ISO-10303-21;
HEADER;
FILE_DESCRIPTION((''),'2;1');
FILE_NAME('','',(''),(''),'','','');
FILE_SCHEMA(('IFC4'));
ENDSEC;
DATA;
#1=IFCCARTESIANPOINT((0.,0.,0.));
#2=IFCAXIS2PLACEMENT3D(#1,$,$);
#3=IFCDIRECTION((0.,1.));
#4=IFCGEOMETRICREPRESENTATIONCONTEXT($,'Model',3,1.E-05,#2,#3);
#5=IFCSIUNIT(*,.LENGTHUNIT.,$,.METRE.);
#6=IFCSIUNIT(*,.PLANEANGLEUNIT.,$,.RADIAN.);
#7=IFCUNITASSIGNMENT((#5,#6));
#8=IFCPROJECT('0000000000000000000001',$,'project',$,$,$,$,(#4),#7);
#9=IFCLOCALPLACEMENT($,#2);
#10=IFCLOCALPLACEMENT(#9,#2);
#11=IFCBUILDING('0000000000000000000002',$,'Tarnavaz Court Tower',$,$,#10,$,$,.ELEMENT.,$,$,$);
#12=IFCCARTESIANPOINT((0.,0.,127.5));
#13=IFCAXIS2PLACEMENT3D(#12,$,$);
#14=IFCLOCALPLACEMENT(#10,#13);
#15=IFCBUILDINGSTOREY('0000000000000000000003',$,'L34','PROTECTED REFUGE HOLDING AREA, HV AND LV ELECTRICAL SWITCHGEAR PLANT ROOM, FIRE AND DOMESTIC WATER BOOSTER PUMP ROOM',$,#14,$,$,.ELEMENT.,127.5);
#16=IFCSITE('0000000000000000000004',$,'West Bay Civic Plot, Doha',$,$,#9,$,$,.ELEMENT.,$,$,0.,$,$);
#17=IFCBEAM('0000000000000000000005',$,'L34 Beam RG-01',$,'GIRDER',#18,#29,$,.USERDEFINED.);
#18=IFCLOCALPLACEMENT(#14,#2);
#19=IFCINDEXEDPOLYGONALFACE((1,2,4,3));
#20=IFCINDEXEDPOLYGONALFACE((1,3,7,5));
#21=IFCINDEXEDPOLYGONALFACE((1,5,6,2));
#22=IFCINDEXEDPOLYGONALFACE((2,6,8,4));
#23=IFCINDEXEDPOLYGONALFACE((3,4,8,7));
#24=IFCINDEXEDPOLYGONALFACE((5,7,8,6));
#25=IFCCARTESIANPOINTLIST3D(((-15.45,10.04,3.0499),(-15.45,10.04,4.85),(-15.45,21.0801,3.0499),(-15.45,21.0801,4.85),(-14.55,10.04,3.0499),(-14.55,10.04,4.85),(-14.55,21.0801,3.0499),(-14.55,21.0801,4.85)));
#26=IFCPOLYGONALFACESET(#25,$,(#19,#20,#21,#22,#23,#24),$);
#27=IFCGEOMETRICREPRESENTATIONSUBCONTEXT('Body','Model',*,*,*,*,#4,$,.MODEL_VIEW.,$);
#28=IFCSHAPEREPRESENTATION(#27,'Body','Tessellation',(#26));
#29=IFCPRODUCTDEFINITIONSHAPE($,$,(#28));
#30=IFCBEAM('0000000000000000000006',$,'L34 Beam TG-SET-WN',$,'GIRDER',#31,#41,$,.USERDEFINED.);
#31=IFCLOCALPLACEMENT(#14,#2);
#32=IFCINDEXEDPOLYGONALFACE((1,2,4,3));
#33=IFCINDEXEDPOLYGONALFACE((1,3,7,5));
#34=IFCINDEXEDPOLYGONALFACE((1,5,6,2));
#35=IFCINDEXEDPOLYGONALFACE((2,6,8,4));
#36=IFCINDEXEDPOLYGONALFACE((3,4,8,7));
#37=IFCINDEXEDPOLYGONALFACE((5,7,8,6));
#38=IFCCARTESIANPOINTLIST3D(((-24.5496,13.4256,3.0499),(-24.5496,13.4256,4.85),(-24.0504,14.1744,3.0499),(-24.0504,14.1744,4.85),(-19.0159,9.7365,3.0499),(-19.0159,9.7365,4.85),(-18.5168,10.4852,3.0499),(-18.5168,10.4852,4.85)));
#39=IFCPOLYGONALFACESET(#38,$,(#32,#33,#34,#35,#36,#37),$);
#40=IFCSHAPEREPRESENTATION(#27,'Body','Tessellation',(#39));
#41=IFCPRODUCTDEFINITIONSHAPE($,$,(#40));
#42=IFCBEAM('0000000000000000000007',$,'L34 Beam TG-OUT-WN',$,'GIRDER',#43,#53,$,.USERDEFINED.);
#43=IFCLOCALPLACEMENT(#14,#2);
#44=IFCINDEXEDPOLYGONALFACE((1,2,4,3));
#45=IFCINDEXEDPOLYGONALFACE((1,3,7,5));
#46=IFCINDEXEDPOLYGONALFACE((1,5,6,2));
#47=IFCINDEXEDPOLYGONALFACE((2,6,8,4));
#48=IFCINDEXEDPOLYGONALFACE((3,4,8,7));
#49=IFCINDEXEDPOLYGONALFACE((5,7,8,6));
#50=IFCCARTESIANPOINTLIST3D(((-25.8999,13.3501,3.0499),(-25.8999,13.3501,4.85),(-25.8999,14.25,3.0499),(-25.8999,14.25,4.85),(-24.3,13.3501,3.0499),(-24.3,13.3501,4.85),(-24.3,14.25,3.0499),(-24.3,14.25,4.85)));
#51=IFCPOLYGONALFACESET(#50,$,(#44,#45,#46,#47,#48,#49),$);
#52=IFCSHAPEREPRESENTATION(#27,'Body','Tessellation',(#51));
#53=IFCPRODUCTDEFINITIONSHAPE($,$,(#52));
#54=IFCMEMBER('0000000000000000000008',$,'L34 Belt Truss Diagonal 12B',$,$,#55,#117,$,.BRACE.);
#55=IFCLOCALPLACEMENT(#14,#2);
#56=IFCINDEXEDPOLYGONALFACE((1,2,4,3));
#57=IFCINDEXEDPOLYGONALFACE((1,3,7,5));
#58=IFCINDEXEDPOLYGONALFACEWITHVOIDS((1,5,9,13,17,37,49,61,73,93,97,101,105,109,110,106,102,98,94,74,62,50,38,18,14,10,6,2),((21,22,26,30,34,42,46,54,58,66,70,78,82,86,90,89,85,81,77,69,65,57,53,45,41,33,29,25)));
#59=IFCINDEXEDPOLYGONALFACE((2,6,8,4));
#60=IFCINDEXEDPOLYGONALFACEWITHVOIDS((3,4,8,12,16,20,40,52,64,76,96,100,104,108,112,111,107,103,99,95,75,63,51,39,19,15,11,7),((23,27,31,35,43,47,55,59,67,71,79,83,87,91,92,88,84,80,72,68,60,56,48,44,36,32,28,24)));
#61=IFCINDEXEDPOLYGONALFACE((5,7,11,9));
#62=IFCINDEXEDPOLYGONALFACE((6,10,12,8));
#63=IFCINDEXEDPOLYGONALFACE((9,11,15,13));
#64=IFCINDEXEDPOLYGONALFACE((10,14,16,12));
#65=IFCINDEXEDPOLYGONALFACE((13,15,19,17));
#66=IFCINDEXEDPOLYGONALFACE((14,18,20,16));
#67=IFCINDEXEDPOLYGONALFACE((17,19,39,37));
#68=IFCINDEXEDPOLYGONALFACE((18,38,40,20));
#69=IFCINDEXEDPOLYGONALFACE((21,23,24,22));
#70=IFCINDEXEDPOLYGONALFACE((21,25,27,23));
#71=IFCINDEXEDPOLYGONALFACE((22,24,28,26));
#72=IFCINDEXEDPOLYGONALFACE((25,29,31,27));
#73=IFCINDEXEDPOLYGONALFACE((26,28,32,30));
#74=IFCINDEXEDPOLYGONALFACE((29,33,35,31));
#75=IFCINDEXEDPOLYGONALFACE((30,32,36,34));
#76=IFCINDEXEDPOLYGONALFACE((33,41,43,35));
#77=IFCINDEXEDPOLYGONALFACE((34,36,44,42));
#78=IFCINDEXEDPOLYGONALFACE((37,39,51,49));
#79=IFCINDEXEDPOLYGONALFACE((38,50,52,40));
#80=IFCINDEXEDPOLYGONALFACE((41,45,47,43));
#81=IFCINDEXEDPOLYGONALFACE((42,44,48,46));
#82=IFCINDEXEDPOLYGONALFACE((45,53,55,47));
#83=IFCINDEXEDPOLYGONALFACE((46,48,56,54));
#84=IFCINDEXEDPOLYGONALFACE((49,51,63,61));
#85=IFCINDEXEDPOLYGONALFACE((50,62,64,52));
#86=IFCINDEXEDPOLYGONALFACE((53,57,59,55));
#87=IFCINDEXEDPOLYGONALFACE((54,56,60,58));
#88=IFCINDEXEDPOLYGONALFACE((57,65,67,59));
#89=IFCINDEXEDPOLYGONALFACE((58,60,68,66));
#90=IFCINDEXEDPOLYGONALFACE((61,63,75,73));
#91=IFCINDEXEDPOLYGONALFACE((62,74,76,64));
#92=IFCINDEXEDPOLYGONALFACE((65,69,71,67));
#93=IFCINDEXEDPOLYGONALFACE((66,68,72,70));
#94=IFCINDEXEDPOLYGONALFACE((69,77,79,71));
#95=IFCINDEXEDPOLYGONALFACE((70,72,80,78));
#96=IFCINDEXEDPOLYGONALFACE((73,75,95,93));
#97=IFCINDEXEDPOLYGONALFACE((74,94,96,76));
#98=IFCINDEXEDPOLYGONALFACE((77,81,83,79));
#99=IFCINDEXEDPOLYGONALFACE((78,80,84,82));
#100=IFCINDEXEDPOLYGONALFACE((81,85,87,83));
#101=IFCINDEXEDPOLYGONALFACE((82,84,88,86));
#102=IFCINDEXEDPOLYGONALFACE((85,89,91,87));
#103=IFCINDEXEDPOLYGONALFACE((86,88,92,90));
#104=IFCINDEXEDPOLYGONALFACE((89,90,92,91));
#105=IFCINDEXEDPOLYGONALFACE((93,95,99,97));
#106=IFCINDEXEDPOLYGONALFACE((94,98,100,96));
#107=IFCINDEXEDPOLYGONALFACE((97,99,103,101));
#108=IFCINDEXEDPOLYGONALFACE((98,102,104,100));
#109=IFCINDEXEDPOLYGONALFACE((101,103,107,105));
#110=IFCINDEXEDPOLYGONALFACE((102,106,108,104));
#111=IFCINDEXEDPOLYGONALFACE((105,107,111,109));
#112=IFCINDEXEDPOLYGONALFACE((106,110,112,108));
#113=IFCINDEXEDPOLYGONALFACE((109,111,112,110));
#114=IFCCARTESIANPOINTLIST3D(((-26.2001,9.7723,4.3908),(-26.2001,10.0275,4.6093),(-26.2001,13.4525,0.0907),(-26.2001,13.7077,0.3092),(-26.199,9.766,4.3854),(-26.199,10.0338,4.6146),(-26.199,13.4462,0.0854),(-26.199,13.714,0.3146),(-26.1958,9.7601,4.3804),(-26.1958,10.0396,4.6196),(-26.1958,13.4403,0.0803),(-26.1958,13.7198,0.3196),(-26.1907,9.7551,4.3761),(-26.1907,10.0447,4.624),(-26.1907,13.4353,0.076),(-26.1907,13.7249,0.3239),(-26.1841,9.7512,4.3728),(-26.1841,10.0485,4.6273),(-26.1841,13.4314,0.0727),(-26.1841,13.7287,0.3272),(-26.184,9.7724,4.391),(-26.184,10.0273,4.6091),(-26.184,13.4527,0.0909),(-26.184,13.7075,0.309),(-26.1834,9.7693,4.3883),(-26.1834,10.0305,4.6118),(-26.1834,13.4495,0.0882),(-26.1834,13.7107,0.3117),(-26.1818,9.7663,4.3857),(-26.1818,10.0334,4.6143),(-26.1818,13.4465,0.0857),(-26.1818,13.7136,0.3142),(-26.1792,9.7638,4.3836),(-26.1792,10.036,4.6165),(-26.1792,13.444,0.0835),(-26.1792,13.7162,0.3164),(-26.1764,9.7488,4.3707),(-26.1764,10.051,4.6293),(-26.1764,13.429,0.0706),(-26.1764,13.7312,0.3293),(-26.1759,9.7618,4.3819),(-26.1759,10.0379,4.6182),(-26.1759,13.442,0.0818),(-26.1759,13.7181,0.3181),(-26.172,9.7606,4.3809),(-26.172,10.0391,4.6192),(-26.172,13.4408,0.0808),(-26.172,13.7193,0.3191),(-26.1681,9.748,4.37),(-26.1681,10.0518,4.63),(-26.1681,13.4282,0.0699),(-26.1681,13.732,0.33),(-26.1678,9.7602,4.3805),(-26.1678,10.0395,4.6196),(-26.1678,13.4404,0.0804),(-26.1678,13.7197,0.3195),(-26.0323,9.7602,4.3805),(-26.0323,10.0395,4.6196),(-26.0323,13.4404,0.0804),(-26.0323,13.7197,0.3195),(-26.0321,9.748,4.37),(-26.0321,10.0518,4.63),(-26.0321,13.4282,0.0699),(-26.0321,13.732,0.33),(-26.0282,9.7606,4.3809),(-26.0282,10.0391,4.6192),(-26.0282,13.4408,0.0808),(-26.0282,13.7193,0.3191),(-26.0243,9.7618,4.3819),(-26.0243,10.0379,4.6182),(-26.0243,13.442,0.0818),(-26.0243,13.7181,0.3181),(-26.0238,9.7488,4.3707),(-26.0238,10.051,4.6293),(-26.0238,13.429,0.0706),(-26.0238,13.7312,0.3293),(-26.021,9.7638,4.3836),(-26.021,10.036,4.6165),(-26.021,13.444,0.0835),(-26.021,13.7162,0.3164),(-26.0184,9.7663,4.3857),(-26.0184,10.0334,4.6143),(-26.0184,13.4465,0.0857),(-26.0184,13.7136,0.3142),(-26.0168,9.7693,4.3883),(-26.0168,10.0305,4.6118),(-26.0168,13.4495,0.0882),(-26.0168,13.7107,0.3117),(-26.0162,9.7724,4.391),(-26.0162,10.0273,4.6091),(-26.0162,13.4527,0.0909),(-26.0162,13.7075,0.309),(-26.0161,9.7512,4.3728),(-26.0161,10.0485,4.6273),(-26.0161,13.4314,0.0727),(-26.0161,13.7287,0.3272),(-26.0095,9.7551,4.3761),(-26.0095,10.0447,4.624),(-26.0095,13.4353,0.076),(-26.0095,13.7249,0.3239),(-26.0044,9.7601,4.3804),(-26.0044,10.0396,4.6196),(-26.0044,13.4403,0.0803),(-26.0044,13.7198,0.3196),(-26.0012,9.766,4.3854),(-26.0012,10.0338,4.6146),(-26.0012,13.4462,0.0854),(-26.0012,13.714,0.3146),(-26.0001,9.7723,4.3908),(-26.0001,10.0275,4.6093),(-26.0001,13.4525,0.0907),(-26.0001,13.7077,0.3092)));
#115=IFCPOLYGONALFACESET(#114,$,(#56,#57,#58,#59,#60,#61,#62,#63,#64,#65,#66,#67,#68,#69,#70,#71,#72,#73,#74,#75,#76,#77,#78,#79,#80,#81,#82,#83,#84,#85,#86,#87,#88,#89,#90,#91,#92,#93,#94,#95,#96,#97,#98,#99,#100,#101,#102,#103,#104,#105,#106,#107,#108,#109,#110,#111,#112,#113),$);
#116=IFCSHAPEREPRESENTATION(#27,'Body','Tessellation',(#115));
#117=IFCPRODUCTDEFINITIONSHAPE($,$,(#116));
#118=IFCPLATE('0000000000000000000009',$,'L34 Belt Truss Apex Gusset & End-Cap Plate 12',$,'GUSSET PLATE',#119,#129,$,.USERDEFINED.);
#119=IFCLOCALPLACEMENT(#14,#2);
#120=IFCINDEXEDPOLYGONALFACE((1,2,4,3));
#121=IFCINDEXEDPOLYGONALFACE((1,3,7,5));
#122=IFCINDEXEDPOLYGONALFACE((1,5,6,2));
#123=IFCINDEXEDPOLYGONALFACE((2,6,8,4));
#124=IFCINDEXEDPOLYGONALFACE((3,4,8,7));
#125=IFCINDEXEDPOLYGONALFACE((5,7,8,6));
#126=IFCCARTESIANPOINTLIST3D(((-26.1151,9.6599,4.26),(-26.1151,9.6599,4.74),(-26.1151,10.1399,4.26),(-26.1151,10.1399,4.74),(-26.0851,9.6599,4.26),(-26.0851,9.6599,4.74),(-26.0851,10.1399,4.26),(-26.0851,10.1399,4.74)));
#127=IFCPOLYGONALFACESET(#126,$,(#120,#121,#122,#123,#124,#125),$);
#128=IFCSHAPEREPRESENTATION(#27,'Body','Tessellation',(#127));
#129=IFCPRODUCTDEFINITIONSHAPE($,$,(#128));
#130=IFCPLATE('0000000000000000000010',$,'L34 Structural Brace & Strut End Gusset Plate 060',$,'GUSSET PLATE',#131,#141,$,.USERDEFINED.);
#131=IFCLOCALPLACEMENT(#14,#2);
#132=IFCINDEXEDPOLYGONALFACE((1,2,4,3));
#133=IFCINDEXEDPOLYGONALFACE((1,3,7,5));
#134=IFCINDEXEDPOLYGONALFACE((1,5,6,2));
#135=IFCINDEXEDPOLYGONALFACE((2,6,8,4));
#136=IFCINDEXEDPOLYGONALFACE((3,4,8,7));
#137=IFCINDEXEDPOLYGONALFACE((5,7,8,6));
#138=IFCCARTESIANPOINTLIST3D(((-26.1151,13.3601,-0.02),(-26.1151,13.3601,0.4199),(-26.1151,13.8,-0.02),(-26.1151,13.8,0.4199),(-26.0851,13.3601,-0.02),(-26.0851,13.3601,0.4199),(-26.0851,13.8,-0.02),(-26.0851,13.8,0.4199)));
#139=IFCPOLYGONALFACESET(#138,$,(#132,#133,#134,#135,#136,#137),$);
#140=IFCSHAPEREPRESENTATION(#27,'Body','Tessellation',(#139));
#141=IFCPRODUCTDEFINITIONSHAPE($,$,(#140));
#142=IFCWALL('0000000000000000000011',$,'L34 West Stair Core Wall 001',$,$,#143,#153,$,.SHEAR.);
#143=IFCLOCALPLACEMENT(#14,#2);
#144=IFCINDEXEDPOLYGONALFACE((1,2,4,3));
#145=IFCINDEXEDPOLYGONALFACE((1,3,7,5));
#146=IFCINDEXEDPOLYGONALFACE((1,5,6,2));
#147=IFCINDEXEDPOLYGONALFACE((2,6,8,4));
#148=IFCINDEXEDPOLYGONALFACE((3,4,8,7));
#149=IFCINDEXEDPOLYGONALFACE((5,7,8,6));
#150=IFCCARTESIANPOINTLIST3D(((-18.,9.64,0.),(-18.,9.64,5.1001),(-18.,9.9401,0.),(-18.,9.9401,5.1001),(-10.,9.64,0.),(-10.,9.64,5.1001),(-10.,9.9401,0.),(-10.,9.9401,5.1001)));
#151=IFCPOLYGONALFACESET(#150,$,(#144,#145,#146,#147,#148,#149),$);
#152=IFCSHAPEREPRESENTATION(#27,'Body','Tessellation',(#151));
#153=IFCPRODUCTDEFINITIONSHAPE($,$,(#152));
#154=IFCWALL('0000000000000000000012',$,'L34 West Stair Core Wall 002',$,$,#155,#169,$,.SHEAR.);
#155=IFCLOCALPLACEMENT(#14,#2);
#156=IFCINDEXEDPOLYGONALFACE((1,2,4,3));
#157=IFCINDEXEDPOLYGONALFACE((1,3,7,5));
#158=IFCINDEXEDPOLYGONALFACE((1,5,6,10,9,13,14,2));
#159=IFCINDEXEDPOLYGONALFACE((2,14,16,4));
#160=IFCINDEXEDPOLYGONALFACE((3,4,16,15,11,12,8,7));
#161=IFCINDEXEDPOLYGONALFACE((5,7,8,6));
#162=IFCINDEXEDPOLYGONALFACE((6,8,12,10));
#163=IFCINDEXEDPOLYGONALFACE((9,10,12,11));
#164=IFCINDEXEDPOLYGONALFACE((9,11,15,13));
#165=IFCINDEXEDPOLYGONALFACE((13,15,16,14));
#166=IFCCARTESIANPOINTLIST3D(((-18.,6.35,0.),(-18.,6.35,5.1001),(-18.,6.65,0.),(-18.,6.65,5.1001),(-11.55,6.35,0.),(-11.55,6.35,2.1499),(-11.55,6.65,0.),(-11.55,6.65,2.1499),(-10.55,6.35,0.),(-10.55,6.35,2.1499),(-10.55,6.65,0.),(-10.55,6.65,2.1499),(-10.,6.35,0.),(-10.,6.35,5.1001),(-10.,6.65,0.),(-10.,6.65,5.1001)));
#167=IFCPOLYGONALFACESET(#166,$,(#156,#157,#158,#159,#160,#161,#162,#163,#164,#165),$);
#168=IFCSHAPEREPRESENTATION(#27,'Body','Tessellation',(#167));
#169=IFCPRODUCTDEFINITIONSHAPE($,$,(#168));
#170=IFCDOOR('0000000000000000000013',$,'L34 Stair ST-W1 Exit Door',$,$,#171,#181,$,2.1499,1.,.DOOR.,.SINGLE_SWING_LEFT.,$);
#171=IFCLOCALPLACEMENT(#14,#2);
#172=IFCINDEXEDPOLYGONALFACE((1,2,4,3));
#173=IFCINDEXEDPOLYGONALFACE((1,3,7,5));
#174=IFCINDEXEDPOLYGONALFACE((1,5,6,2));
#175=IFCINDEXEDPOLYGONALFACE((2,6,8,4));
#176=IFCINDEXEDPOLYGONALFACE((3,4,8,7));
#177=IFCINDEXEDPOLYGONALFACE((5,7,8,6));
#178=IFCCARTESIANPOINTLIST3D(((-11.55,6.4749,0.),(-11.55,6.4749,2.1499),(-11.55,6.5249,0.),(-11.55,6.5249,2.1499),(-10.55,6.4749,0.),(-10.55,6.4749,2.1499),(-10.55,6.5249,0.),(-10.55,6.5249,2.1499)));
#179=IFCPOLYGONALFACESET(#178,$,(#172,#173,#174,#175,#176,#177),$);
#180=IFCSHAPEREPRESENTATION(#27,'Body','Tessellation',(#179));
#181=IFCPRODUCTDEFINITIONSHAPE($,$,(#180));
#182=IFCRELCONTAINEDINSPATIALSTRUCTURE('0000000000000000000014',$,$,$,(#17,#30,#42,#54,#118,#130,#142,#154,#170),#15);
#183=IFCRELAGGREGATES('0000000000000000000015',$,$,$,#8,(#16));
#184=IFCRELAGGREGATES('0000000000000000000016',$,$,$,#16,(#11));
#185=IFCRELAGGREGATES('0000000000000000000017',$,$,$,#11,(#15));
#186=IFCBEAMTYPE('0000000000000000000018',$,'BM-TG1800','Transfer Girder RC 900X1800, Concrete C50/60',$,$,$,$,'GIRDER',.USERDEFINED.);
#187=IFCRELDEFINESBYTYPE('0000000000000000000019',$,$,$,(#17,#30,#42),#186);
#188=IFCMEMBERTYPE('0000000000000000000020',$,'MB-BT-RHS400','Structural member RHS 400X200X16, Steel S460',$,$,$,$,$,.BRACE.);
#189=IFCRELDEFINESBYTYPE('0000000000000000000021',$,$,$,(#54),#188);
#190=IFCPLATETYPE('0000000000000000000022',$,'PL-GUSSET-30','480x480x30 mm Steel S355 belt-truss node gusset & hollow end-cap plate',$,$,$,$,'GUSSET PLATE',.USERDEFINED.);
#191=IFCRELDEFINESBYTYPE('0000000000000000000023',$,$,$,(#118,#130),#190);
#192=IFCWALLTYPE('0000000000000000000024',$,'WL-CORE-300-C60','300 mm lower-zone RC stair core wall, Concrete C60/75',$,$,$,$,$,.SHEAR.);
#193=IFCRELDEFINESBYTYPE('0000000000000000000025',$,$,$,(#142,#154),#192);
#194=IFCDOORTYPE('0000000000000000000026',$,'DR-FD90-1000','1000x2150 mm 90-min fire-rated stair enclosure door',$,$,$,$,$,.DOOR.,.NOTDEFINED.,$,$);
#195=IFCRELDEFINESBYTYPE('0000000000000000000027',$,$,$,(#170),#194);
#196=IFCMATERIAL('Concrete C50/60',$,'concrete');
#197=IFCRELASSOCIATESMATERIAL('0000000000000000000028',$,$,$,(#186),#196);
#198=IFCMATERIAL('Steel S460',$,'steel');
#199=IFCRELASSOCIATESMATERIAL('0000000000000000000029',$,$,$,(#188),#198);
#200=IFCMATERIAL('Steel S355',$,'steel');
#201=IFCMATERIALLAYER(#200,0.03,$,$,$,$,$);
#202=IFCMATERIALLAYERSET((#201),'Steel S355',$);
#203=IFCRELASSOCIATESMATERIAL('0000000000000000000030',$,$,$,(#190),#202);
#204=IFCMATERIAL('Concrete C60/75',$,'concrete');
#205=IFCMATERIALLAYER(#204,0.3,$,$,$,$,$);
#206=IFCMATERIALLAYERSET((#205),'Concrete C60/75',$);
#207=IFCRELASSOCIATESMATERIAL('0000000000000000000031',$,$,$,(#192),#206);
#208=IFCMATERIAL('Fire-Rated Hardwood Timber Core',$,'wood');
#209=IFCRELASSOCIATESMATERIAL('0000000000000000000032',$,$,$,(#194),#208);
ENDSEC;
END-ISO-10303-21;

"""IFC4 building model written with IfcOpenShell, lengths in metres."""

from ifc_helpers import new_model, si_unit, direction, frame, frame_2d, origin, origin_2d, place, context, subcontext, project, spatial, rectangle, hollow_rectangle, extrude, material, layer, layer_set, material_profile, profile_set, type_object, element, fill, save


model = new_model("IFC4")

# Units and contexts
model_context = context("Model", 3, precision=1e-05, world=origin(), true_north=direction((0.0, 1.0)))
body_context = subcontext(model_context, "Body", "Model", "MODEL_VIEW")
ifc_project = project(units=[si_unit("LENGTHUNIT", "METRE"), si_unit("PLANEANGLEUNIT", "RADIAN")], contexts=[model_context])

# Site, building, storey
site_placement = place(None, origin())
site = spatial("IfcSite", under=ifc_project, at=site_placement, Name="West Bay Civic Plot, Doha", CompositionType="ELEMENT", RefElevation=0.0)
building_placement = place(site_placement, origin())
building = spatial("IfcBuilding", under=site, at=building_placement, Name="Tarnavaz Court Tower", CompositionType="ELEMENT")
storey_placement = place(building_placement, frame((0.0, 0.0, 127.5)))
storey = spatial("IfcBuildingStorey", under=building, at=storey_placement, Name="L34", Description="PROTECTED REFUGE HOLDING AREA, HV AND LV ELECTRICAL SWITCHGEAR PLANT ROOM, FIRE AND DOMESTIC WATER BOOSTER PUMP ROOM", CompositionType="ELEMENT", Elevation=127.5)

# Shared definitions
ifc_material_1 = material(Name="Concrete C60/75", Category="concrete")
ifc_material_2 = material(Name="Steel S460", Category="steel")

# Beams
ifc_material_3 = material(Name="Concrete C50/60", Category="concrete")
ifc_material_profile_1 = material_profile(ifc_material_3, rectangle(XDim=0.8999, YDim=1.8, at=origin_2d()), Name="RC 900X1800")
ifc_profile_set_1 = profile_set([ifc_material_profile_1], Name="Concrete C50/60")
beam_type_1 = type_object("IfcBeamType", Name="BM-TG1800", Description="Transfer Girder RC 900X1800, Concrete C50/60", ElementType="GIRDER", PredefinedType="USERDEFINED", material=ifc_profile_set_1)
beam_1_placement = place(storey_placement, frame((-15.0, 10.04, 3.95), z_axis=(0.0, 1.0, 0.0), x_axis=(-1.0, 0.0, 0.0)))
element("IfcBeam", 1, at=beam_1_placement, inside=storey, type_object=beam_type_1, Name="L34 Beam RG-01", ObjectType="GIRDER", PredefinedType="USERDEFINED", context=body_context, shape_type="SweptSolid", body=[
    extrude(rectangle(XDim=0.8999, YDim=1.8, at=origin_2d()), origin(), (0.0, 0.0, 1.0), 11.04),
])
beam_2_placement = place(storey_placement, frame((-18.7664, 10.1108, 3.95), z_axis=(-0.832045, 0.554709, 0.0), x_axis=(-0.554709, -0.832045, 0.0)))
element("IfcBeam", 2, at=beam_2_placement, inside=storey, type_object=beam_type_1, Name="L34 Beam TG-SET-WN", ObjectType="GIRDER", PredefinedType="USERDEFINED", context=body_context, shape_type="SweptSolid", body=[
    extrude(rectangle(XDim=0.8999, YDim=1.8, at=origin_2d()), origin(), (0.0, 0.0, 1.0), 6.6506),
])
beam_3_placement = place(storey_placement, frame((-24.3, 13.8, 3.95), z_axis=(-1.0, 0.0, 0.0), x_axis=(0.0, -1.0, 0.0)))
element("IfcBeam", 3, at=beam_3_placement, inside=storey, type_object=beam_type_1, Name="L34 Beam TG-OUT-WN", ObjectType="GIRDER", PredefinedType="USERDEFINED", context=body_context, shape_type="SweptSolid", body=[
    extrude(rectangle(XDim=0.8999, YDim=1.8, at=origin_2d()), origin(), (0.0, 0.0, 1.0), 1.5999),
])

# Member
ifc_material_profile_2 = material_profile(ifc_material_2, hollow_rectangle(XDim=0.2, YDim=0.3999, WallThickness=0.0161, InnerFilletRadius=0.0161, OuterFilletRadius=0.032, at=origin_2d()), Name="RHS 400X200X16")
ifc_profile_set_2 = profile_set([ifc_material_profile_2], Name="Steel S460")
member_type = type_object("IfcMemberType", Name="MB-BT-RHS400", Description="Structural member RHS 400X200X16, Steel S460", PredefinedType="BRACE", material=ifc_profile_set_2)
member_placement = place(storey_placement, frame((-26.1001, 13.5801, 0.2), z_axis=(0.0, -0.650223, 0.759744), x_axis=(1.0, 0.0, 0.0)))
element("IfcMember", 4, at=member_placement, inside=storey, type_object=member_type, Name="L34 Belt Truss Diagonal 12B", PredefinedType="BRACE", context=body_context, shape_type="SweptSolid", body=[
    extrude(hollow_rectangle(XDim=0.2, YDim=0.3999, WallThickness=0.0161, InnerFilletRadius=0.0161, OuterFilletRadius=0.032, at=origin_2d()), origin(), (0.0, 0.0, 1.0), 5.6599),
])

# Plates
ifc_material_4 = material(Name="Steel S355", Category="steel")
ifc_layer_1 = layer(ifc_material_4, 0.03)
ifc_layer_set_1 = layer_set([ifc_layer_1], Name="Steel S355")
plate_type = type_object("IfcPlateType", Name="PL-GUSSET-30", Description="480x480x30 mm Steel S355 belt-truss node gusset & hollow end-cap plate", ElementType="GUSSET PLATE", PredefinedType="USERDEFINED", material=ifc_layer_set_1)
plate_1_placement = place(storey_placement, frame((-26.1001, 9.8999, 4.26), z_axis=(0.0, 0.0, 1.0), x_axis=(0.0, 1.0, 0.0)))
element("IfcPlate", 5, at=plate_1_placement, inside=storey, type_object=plate_type, Name="L34 Belt Truss Apex Gusset & End-Cap Plate 12", ObjectType="GUSSET PLATE", PredefinedType="USERDEFINED", context=body_context, shape_type="SweptSolid", body=[
    extrude(rectangle(XDim=0.48, YDim=0.03, at=origin_2d()), origin(), (0.0, 0.0, 1.0), 0.48),
])
plate_2_placement = place(storey_placement, frame((-26.1001, 13.5801, -0.02), z_axis=(0.0, 0.0, 1.0), x_axis=(0.0, 1.0, 0.0)))
element("IfcPlate", 6, at=plate_2_placement, inside=storey, type_object=plate_type, Name="L34 Structural Brace & Strut End Gusset Plate 060", ObjectType="GUSSET PLATE", PredefinedType="USERDEFINED", context=body_context, shape_type="SweptSolid", body=[
    extrude(rectangle(XDim=0.4399, YDim=0.03, at=origin_2d()), origin(), (0.0, 0.0, 1.0), 0.4399),
])

# Wall
ifc_layer_2 = layer(ifc_material_1, 0.3)
ifc_layer_set_2 = layer_set([ifc_layer_2], Name="Concrete C60/75")
wall_type_1 = type_object("IfcWallType", Name="WL-CORE-300-C60", Description="300 mm lower-zone RC stair core wall, Concrete C60/75", PredefinedType="SHEAR", material=ifc_layer_set_2)
wall_1_placement = place(storey_placement, frame((-18.0, 9.79, 0.0), z_axis=(0.0, 0.0, 1.0), x_axis=(1.0, 0.0, 0.0)))
element("IfcWall", 7, at=wall_1_placement, inside=storey, type_object=wall_type_1, Name="L34 West Stair Core Wall 001", PredefinedType="SHEAR", context=body_context, shape_type="SweptSolid", body=[
    extrude(rectangle(XDim=8.0, YDim=0.3, at=frame_2d((4.0, 0.0))), origin(), (0.0, 0.0, 1.0), 5.1001),
])

# Wall, opening, door
wall_2_placement = place(storey_placement, frame((-18.0, 6.5, 0.0), z_axis=(0.0, 0.0, 1.0), x_axis=(1.0, 0.0, 0.0)))
wall_2 = element("IfcWall", 8, at=wall_2_placement, inside=storey, type_object=wall_type_1, Name="L34 West Stair Core Wall 002", PredefinedType="SHEAR", context=body_context, shape_type="SweptSolid", body=[
    extrude(rectangle(XDim=8.0, YDim=0.3, at=frame_2d((4.0, 0.0))), origin(), (0.0, 0.0, 1.0), 5.1001),
])
opening_1_placement = place(wall_2_placement, frame((6.45, 0.0, 0.0)))
opening_1 = element("IfcOpeningElement", 9, at=opening_1_placement, cuts=wall_2, PredefinedType="OPENING", context=body_context, shape_type="SweptSolid", body=[
    extrude(rectangle(XDim=1.0, YDim=2.1499, at=frame_2d((0.5, 1.075))), frame((0.0, 0.1599, 0.0), z_axis=(0.0, -1.0, 0.0), x_axis=(1.0, 0.0, 0.0)), (0.0, 0.0, 1.0), 0.3201),
])
ifc_material_5 = material(Name="Fire-Rated Hardwood Timber Core", Category="wood")
door_type_1 = type_object("IfcDoorType", Name="DR-FD90-1000", Description="1000x2150 mm 90-min fire-rated stair enclosure door", OperationType="NOTDEFINED", PredefinedType="DOOR", material=ifc_material_5)
door_1_placement = place(opening_1_placement, origin())
door_1 = element("IfcDoor", 10, at=door_1_placement, inside=storey, type_object=door_type_1, Name="L34 Stair ST-W1 Exit Door", OperationType="SINGLE_SWING_LEFT", OverallHeight=2.1499, OverallWidth=1.0, PredefinedType="DOOR", context=body_context, shape_type="SweptSolid", body=[
    extrude(rectangle(XDim=1.0, YDim=2.1499, at=frame_2d((0.5, 1.075))), frame((0.0, 0.0249, 0.0), z_axis=(0.0, -1.0, 0.0), x_axis=(1.0, 0.0, 0.0)), (0.0, 0.0, 1.0), 0.05),
])
fill(opening_1, door_1)

save(model, "model.ifc")
